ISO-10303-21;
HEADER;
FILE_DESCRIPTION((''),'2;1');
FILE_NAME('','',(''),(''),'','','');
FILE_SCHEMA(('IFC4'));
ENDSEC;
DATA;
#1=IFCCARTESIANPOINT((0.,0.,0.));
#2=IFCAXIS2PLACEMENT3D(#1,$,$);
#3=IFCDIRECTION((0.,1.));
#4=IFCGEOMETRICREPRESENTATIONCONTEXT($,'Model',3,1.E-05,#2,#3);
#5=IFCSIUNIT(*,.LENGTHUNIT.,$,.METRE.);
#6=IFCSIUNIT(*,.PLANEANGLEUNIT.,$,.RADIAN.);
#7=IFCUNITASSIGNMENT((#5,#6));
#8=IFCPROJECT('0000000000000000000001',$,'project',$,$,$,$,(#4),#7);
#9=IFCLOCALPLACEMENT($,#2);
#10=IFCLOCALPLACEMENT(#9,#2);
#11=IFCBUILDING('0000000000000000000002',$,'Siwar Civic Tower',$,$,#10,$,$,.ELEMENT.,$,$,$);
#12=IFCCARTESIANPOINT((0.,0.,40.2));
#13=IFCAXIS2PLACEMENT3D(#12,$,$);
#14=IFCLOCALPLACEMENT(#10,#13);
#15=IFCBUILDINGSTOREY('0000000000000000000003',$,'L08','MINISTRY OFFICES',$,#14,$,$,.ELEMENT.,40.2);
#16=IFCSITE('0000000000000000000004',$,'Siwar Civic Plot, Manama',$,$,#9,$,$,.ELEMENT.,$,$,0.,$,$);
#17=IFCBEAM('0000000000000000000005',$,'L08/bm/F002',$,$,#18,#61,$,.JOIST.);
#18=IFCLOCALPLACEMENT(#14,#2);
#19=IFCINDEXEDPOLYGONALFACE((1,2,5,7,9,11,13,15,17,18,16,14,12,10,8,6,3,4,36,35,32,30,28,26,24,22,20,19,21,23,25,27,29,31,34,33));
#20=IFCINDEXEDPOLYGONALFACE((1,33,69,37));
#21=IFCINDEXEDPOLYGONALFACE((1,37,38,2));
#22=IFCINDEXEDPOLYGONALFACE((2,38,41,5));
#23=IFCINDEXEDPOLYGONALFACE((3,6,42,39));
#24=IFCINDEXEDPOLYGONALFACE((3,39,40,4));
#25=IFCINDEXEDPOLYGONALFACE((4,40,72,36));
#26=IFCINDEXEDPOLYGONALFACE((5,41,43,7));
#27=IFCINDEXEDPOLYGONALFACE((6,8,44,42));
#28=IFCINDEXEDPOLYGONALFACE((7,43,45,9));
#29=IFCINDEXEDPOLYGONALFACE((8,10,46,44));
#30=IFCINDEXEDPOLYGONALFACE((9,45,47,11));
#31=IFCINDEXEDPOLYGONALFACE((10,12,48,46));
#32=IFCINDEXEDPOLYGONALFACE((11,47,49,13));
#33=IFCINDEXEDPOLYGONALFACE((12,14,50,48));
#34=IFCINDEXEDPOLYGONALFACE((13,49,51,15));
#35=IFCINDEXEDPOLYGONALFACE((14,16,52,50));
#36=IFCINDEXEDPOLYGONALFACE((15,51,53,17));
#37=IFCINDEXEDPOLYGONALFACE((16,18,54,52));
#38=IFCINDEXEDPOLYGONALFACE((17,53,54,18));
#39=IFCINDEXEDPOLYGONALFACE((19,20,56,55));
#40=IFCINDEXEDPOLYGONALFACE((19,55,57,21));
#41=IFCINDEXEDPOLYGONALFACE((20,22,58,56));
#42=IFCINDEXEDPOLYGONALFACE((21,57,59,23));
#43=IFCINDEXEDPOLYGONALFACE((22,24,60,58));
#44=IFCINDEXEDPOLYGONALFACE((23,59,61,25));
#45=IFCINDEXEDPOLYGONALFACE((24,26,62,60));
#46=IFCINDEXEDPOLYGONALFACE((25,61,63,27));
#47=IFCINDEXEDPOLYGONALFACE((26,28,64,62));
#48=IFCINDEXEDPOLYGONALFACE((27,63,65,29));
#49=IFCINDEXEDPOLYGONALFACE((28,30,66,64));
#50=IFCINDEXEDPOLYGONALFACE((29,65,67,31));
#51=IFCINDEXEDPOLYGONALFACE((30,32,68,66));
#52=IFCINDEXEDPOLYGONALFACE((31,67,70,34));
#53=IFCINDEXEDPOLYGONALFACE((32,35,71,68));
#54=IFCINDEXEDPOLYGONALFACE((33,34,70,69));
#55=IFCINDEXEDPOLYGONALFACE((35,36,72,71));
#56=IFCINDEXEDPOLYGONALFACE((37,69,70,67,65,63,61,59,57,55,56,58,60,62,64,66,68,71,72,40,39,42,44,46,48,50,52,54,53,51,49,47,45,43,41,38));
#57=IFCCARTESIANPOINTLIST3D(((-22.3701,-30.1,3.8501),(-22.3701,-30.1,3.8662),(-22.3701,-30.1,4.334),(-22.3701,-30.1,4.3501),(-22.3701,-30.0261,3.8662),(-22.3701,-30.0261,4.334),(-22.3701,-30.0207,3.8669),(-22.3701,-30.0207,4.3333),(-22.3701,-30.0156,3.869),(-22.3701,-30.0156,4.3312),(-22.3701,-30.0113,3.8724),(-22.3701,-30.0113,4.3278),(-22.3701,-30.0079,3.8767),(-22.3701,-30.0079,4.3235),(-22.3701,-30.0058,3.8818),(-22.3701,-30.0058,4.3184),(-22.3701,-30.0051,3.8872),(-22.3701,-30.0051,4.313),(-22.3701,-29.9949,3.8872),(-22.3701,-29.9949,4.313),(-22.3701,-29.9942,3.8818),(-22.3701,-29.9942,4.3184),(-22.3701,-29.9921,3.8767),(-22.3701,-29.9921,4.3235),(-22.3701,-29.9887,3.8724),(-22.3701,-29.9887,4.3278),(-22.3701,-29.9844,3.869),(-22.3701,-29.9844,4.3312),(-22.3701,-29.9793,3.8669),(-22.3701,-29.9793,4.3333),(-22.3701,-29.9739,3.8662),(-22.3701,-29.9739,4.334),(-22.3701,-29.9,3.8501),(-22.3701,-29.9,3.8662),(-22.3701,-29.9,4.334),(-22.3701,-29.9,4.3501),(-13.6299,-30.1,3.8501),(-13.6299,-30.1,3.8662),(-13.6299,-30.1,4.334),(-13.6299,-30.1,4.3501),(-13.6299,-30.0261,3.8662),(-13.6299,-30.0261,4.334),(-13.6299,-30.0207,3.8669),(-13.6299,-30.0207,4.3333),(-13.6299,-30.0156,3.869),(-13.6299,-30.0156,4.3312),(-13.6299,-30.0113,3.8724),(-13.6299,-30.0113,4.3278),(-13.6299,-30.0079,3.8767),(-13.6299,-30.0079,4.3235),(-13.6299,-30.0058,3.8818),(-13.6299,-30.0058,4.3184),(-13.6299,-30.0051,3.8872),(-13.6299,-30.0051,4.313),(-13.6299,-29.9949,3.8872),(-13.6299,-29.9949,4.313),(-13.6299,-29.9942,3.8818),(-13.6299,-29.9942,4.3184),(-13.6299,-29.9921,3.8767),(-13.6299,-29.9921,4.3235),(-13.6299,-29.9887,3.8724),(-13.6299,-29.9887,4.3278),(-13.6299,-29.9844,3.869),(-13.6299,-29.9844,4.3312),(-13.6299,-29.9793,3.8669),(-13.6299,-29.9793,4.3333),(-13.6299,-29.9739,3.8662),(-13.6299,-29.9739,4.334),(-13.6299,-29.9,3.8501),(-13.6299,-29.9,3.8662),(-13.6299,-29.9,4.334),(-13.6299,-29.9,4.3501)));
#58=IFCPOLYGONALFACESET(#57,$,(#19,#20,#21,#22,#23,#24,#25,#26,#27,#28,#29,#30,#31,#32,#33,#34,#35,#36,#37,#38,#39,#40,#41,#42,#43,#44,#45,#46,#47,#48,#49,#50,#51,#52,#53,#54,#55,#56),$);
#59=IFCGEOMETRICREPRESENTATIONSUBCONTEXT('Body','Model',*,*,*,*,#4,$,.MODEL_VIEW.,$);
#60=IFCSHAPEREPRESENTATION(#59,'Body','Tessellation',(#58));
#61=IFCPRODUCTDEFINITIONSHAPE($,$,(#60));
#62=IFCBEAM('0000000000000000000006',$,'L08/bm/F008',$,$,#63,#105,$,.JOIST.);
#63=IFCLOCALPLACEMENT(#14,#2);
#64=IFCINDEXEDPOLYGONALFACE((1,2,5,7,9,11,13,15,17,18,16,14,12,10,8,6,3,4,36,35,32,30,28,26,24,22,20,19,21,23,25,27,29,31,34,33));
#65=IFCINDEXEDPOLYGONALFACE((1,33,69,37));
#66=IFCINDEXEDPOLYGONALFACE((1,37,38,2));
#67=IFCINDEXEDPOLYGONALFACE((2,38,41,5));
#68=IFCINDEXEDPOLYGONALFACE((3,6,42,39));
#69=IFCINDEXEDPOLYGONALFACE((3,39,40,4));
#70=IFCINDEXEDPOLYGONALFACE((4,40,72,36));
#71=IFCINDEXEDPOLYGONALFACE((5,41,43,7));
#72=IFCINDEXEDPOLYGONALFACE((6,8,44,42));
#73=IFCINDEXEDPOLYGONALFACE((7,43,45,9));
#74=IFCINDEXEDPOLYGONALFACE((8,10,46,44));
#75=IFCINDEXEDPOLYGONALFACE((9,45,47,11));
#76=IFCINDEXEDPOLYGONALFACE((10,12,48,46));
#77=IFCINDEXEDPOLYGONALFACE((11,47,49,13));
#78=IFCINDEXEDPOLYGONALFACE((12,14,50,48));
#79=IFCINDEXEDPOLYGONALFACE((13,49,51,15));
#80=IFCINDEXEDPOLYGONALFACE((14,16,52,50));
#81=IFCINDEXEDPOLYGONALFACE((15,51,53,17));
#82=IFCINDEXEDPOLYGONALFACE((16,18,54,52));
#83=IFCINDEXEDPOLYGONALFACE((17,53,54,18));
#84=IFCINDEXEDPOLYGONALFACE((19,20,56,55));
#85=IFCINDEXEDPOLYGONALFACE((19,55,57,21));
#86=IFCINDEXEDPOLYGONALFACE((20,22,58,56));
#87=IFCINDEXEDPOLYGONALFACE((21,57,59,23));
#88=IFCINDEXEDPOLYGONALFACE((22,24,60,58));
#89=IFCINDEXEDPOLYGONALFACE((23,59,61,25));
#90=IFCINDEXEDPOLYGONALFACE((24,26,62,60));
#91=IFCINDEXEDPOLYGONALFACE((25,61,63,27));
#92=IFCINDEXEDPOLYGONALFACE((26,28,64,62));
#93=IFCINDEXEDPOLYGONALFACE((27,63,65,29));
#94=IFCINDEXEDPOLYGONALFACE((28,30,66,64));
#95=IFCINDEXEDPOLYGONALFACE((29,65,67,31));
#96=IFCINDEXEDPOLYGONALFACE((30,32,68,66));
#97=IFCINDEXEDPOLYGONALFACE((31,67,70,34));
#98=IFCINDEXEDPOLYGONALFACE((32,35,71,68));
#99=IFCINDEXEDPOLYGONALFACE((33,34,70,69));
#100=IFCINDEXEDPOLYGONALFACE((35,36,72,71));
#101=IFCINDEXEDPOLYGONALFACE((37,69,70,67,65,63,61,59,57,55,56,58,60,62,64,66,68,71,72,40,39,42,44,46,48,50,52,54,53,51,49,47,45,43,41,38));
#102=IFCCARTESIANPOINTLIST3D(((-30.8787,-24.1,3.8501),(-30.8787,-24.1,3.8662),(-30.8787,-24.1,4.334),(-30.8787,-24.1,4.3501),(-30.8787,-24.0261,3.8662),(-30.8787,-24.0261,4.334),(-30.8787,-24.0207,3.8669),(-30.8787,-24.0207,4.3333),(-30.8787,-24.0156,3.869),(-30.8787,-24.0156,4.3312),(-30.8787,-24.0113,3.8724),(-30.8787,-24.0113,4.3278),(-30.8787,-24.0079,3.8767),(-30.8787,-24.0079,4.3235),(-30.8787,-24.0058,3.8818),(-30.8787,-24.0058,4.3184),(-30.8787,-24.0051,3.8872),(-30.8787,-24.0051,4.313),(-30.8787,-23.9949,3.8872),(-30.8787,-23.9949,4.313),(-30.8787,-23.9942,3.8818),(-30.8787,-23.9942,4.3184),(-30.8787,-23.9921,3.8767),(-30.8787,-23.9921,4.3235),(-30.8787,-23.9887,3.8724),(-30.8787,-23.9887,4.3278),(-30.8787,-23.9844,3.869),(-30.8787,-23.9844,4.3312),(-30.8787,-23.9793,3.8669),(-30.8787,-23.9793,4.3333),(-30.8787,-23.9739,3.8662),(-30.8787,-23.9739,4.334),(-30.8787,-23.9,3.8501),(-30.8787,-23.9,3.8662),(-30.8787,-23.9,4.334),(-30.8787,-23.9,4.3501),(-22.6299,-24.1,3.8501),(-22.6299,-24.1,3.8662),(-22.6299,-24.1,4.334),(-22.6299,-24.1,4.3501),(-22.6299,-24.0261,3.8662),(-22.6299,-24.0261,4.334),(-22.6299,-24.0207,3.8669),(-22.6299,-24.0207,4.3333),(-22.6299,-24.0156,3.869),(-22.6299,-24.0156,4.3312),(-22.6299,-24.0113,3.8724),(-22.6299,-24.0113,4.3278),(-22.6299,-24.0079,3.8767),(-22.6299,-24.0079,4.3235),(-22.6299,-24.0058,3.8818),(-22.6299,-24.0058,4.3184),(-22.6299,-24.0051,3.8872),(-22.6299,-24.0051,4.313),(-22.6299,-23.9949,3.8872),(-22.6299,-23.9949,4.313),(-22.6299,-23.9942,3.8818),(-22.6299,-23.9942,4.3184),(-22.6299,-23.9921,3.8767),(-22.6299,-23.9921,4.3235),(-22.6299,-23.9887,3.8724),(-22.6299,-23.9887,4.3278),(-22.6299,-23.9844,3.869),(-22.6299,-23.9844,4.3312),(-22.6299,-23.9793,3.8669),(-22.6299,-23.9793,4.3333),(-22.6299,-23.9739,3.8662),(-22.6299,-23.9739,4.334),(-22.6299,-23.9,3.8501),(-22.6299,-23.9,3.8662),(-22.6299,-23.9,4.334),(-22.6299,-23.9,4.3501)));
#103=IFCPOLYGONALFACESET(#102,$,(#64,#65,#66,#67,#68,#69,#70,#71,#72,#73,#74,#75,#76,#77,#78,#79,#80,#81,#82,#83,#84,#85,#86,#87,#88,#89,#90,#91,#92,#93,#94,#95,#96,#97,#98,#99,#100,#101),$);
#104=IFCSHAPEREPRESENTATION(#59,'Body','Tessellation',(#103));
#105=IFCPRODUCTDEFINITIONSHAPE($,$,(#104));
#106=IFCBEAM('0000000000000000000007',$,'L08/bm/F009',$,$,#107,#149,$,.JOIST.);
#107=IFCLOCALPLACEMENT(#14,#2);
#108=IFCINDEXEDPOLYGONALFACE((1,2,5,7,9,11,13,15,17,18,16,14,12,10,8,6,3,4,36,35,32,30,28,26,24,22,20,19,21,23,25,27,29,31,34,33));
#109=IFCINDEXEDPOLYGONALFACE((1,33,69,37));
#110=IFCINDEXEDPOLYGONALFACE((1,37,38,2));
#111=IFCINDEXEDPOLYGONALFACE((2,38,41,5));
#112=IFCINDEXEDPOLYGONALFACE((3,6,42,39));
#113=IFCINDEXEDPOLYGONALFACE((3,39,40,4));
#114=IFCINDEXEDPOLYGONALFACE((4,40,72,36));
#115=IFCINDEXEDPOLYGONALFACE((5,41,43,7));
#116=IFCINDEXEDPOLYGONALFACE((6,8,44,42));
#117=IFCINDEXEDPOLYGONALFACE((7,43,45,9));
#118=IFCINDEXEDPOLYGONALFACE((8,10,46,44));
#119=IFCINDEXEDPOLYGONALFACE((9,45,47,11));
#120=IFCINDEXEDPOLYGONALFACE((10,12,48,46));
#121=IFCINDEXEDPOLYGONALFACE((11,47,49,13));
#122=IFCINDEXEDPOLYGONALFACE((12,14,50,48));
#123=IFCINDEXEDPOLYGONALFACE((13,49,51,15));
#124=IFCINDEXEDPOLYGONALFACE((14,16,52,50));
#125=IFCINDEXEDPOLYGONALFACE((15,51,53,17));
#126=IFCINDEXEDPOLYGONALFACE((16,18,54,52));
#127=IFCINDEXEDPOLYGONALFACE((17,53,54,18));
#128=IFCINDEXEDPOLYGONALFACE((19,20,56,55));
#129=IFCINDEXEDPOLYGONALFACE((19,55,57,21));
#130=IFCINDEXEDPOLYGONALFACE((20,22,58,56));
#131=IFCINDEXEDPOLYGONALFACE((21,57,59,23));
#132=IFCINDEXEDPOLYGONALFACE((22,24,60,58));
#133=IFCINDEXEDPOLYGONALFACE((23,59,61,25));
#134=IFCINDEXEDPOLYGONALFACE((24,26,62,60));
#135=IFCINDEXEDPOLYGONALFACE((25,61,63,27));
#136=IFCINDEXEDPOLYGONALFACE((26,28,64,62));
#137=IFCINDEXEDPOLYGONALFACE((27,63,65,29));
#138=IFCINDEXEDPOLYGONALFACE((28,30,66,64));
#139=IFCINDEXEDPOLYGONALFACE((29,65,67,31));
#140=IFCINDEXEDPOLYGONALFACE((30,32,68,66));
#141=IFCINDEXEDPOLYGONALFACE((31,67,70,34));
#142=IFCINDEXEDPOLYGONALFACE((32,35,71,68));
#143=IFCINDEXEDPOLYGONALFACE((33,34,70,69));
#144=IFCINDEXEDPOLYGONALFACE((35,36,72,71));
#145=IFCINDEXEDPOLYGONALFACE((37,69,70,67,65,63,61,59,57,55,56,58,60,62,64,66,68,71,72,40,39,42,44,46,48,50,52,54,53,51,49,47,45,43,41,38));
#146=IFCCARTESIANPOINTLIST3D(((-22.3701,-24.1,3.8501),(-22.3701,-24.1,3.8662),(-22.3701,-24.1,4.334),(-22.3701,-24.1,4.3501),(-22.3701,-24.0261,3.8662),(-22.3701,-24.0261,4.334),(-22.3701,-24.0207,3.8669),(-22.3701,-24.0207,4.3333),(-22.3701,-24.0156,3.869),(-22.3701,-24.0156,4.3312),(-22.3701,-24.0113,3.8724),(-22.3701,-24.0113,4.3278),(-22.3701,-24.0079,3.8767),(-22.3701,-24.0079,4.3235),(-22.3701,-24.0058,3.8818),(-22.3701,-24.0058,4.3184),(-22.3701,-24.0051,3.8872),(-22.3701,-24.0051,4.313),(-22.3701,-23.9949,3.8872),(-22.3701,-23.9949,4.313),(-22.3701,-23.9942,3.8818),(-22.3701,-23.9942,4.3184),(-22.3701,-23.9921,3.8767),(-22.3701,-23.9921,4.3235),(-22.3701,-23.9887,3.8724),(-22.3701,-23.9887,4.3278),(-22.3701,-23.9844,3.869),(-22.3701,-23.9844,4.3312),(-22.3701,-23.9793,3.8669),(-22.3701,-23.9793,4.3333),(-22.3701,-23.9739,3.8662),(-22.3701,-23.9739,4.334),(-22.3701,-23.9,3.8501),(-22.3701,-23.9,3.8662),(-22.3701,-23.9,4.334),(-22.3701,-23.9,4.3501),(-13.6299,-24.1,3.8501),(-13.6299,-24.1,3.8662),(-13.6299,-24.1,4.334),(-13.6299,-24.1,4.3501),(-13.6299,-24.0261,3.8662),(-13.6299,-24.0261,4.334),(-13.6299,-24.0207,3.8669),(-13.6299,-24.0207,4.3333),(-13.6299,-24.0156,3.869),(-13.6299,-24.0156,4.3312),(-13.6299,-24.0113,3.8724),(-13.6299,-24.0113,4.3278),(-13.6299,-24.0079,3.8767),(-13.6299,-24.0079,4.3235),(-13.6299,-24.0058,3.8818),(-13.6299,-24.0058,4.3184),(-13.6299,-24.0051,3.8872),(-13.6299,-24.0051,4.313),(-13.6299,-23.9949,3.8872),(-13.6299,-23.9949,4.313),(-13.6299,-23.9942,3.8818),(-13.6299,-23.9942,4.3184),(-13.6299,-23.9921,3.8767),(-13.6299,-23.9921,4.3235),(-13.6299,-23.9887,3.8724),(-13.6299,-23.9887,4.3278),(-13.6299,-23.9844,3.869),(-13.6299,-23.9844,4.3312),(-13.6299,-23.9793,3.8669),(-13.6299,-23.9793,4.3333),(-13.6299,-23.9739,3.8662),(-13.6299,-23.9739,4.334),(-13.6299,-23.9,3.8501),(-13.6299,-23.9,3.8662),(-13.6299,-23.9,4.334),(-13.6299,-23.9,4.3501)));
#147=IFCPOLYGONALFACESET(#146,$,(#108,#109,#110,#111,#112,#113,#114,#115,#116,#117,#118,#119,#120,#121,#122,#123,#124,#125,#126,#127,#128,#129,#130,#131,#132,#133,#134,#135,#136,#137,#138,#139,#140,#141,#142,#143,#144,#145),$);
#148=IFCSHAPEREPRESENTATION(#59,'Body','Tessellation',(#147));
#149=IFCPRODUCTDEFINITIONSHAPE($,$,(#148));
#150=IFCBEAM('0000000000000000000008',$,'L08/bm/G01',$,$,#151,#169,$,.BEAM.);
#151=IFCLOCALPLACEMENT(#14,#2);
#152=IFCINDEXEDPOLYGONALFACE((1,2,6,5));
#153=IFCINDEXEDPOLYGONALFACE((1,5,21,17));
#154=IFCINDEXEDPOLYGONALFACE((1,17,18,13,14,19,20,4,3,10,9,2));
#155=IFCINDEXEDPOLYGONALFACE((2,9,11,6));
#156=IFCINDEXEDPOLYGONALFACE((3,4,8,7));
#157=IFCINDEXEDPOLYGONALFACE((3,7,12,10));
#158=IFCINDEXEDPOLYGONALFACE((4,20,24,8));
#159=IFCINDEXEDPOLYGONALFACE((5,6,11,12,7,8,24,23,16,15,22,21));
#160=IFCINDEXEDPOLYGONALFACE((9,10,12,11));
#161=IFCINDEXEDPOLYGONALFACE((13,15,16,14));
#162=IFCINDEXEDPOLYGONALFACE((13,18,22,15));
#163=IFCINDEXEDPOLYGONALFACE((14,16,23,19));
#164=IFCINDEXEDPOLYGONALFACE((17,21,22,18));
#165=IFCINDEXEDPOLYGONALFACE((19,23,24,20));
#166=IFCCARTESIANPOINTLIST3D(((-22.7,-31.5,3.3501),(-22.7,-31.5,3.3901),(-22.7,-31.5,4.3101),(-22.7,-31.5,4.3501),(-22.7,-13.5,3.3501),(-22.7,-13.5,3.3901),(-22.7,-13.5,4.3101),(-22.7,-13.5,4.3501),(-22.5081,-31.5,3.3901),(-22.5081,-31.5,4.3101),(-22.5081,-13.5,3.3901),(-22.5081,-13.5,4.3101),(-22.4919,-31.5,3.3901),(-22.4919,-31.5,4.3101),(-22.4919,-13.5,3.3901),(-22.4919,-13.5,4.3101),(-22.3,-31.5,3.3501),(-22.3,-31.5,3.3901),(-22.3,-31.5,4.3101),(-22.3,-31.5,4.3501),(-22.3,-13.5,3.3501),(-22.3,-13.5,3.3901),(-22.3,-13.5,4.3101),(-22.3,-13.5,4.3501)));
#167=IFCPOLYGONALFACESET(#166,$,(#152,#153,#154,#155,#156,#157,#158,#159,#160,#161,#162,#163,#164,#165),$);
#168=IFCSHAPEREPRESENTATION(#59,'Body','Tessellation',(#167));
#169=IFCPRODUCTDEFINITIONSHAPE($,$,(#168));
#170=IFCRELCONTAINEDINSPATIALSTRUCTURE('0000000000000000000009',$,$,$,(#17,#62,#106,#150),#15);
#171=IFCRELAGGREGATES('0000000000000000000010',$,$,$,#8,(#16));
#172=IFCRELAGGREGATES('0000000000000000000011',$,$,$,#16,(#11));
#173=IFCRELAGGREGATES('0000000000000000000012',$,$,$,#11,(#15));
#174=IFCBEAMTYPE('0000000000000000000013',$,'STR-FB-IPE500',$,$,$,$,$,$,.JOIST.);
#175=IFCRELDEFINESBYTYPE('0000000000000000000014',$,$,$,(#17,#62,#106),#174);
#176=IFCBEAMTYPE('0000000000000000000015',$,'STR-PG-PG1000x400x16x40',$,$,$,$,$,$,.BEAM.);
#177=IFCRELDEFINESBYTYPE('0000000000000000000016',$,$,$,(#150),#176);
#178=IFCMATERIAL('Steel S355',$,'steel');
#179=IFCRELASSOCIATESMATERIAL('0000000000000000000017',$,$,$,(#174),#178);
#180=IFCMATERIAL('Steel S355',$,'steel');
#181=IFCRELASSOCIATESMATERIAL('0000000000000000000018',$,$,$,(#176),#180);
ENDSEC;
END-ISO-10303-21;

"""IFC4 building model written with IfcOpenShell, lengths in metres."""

from ifc_helpers import new_model, si_unit, direction, frame, origin, origin_2d, place, context, subcontext, project, spatial, i_section, extrude, material, material_profile, profile_set, type_object, element, save


model = new_model("IFC4")

# Units and contexts
model_context = context("Model", 3, precision=1e-05, world=origin(), true_north=direction((0.0, 1.0)))
body_context = subcontext(model_context, "Body", "Model", "MODEL_VIEW")
ifc_project = project(units=[si_unit("LENGTHUNIT", "METRE"), si_unit("PLANEANGLEUNIT", "RADIAN")], contexts=[model_context])

# Site, building, storey
site_placement = place(None, origin())
site = spatial("IfcSite", under=ifc_project, at=site_placement, Name="Siwar Civic Plot, Manama", CompositionType="ELEMENT", RefElevation=0.0)
building_placement = place(site_placement, origin())
building = spatial("IfcBuilding", under=site, at=building_placement, Name="Siwar Civic Tower", CompositionType="ELEMENT")
storey_placement = place(building_placement, frame((0.0, 0.0, 40.2)))
storey = spatial("IfcBuildingStorey", under=building, at=storey_placement, Name="L08", Description="MINISTRY OFFICES", CompositionType="ELEMENT", Elevation=40.2)

# Beams
ifc_material_1 = material(Name="Steel S355", Category="steel")
ifc_material_profile_1 = material_profile(ifc_material_1, i_section(OverallWidth=0.2, OverallDepth=0.5, WebThickness=0.0103, FlangeThickness=0.0161, FilletRadius=0.021, at=origin_2d()), Name="IPE500")
ifc_profile_set_1 = profile_set([ifc_material_profile_1], Name="Steel S355")
beam_type_1 = type_object("IfcBeamType", Name="STR-FB-IPE500", PredefinedType="JOIST", material=ifc_profile_set_1)
beam_1_placement = place(storey_placement, frame((-22.3701, -30.0, 4.1001), z_axis=(1.0, 0.0, 0.0), x_axis=(0.0, 1.0, 0.0)))
element("IfcBeam", 1, at=beam_1_placement, inside=storey, type_object=beam_type_1, Name="L08/bm/F002", PredefinedType="JOIST", context=body_context, shape_type="SweptSolid", body=[
    extrude(i_section(OverallWidth=0.2, OverallDepth=0.5, WebThickness=0.0103, FlangeThickness=0.0161, FilletRadius=0.021, at=origin_2d()), origin(), (0.0, 0.0, 1.0), 8.7402),
])
beam_2_placement = place(storey_placement, frame((-30.8787, -24.0, 4.1001), z_axis=(1.0, 0.0, 0.0), x_axis=(0.0, 1.0, 0.0)))
element("IfcBeam", 2, at=beam_2_placement, inside=storey, type_object=beam_type_1, Name="L08/bm/F008", PredefinedType="JOIST", context=body_context, shape_type="SweptSolid", body=[
    extrude(i_section(OverallWidth=0.2, OverallDepth=0.5, WebThickness=0.0103, FlangeThickness=0.0161, FilletRadius=0.021, at=origin_2d()), origin(), (0.0, 0.0, 1.0), 8.2488),
])
beam_3_placement = place(storey_placement, frame((-22.3701, -24.0, 4.1001), z_axis=(1.0, 0.0, 0.0), x_axis=(0.0, 1.0, 0.0)))
element("IfcBeam", 3, at=beam_3_placement, inside=storey, type_object=beam_type_1, Name="L08/bm/F009", PredefinedType="JOIST", context=body_context, shape_type="SweptSolid", body=[
    extrude(i_section(OverallWidth=0.2, OverallDepth=0.5, WebThickness=0.0103, FlangeThickness=0.0161, FilletRadius=0.021, at=origin_2d()), origin(), (0.0, 0.0, 1.0), 8.7402),
])
ifc_material_2 = material(Name="Steel S355", Category="steel")
ifc_material_profile_2 = material_profile(ifc_material_2, i_section(OverallWidth=0.3999, OverallDepth=1.0, WebThickness=0.0161, FlangeThickness=0.04, at=origin_2d()), Name="PG1000x400x16x40")
ifc_profile_set_2 = profile_set([ifc_material_profile_2], Name="Steel S355")
beam_type_2 = type_object("IfcBeamType", Name="STR-PG-PG1000x400x16x40", PredefinedType="BEAM", material=ifc_profile_set_2)
beam_4_placement = place(storey_placement, frame((-22.5, -31.5, 3.8501), z_axis=(0.0, 1.0, 0.0), x_axis=(-1.0, 0.0, 0.0)))
element("IfcBeam", 4, at=beam_4_placement, inside=storey, type_object=beam_type_2, Name="L08/bm/G01", PredefinedType="BEAM", context=body_context, shape_type="SweptSolid", body=[
    extrude(i_section(OverallWidth=0.3999, OverallDepth=1.0, WebThickness=0.0161, FlangeThickness=0.04, at=origin_2d()), origin(), (0.0, 0.0, 1.0), 18.0),
])

save(model, "model.ifc")
